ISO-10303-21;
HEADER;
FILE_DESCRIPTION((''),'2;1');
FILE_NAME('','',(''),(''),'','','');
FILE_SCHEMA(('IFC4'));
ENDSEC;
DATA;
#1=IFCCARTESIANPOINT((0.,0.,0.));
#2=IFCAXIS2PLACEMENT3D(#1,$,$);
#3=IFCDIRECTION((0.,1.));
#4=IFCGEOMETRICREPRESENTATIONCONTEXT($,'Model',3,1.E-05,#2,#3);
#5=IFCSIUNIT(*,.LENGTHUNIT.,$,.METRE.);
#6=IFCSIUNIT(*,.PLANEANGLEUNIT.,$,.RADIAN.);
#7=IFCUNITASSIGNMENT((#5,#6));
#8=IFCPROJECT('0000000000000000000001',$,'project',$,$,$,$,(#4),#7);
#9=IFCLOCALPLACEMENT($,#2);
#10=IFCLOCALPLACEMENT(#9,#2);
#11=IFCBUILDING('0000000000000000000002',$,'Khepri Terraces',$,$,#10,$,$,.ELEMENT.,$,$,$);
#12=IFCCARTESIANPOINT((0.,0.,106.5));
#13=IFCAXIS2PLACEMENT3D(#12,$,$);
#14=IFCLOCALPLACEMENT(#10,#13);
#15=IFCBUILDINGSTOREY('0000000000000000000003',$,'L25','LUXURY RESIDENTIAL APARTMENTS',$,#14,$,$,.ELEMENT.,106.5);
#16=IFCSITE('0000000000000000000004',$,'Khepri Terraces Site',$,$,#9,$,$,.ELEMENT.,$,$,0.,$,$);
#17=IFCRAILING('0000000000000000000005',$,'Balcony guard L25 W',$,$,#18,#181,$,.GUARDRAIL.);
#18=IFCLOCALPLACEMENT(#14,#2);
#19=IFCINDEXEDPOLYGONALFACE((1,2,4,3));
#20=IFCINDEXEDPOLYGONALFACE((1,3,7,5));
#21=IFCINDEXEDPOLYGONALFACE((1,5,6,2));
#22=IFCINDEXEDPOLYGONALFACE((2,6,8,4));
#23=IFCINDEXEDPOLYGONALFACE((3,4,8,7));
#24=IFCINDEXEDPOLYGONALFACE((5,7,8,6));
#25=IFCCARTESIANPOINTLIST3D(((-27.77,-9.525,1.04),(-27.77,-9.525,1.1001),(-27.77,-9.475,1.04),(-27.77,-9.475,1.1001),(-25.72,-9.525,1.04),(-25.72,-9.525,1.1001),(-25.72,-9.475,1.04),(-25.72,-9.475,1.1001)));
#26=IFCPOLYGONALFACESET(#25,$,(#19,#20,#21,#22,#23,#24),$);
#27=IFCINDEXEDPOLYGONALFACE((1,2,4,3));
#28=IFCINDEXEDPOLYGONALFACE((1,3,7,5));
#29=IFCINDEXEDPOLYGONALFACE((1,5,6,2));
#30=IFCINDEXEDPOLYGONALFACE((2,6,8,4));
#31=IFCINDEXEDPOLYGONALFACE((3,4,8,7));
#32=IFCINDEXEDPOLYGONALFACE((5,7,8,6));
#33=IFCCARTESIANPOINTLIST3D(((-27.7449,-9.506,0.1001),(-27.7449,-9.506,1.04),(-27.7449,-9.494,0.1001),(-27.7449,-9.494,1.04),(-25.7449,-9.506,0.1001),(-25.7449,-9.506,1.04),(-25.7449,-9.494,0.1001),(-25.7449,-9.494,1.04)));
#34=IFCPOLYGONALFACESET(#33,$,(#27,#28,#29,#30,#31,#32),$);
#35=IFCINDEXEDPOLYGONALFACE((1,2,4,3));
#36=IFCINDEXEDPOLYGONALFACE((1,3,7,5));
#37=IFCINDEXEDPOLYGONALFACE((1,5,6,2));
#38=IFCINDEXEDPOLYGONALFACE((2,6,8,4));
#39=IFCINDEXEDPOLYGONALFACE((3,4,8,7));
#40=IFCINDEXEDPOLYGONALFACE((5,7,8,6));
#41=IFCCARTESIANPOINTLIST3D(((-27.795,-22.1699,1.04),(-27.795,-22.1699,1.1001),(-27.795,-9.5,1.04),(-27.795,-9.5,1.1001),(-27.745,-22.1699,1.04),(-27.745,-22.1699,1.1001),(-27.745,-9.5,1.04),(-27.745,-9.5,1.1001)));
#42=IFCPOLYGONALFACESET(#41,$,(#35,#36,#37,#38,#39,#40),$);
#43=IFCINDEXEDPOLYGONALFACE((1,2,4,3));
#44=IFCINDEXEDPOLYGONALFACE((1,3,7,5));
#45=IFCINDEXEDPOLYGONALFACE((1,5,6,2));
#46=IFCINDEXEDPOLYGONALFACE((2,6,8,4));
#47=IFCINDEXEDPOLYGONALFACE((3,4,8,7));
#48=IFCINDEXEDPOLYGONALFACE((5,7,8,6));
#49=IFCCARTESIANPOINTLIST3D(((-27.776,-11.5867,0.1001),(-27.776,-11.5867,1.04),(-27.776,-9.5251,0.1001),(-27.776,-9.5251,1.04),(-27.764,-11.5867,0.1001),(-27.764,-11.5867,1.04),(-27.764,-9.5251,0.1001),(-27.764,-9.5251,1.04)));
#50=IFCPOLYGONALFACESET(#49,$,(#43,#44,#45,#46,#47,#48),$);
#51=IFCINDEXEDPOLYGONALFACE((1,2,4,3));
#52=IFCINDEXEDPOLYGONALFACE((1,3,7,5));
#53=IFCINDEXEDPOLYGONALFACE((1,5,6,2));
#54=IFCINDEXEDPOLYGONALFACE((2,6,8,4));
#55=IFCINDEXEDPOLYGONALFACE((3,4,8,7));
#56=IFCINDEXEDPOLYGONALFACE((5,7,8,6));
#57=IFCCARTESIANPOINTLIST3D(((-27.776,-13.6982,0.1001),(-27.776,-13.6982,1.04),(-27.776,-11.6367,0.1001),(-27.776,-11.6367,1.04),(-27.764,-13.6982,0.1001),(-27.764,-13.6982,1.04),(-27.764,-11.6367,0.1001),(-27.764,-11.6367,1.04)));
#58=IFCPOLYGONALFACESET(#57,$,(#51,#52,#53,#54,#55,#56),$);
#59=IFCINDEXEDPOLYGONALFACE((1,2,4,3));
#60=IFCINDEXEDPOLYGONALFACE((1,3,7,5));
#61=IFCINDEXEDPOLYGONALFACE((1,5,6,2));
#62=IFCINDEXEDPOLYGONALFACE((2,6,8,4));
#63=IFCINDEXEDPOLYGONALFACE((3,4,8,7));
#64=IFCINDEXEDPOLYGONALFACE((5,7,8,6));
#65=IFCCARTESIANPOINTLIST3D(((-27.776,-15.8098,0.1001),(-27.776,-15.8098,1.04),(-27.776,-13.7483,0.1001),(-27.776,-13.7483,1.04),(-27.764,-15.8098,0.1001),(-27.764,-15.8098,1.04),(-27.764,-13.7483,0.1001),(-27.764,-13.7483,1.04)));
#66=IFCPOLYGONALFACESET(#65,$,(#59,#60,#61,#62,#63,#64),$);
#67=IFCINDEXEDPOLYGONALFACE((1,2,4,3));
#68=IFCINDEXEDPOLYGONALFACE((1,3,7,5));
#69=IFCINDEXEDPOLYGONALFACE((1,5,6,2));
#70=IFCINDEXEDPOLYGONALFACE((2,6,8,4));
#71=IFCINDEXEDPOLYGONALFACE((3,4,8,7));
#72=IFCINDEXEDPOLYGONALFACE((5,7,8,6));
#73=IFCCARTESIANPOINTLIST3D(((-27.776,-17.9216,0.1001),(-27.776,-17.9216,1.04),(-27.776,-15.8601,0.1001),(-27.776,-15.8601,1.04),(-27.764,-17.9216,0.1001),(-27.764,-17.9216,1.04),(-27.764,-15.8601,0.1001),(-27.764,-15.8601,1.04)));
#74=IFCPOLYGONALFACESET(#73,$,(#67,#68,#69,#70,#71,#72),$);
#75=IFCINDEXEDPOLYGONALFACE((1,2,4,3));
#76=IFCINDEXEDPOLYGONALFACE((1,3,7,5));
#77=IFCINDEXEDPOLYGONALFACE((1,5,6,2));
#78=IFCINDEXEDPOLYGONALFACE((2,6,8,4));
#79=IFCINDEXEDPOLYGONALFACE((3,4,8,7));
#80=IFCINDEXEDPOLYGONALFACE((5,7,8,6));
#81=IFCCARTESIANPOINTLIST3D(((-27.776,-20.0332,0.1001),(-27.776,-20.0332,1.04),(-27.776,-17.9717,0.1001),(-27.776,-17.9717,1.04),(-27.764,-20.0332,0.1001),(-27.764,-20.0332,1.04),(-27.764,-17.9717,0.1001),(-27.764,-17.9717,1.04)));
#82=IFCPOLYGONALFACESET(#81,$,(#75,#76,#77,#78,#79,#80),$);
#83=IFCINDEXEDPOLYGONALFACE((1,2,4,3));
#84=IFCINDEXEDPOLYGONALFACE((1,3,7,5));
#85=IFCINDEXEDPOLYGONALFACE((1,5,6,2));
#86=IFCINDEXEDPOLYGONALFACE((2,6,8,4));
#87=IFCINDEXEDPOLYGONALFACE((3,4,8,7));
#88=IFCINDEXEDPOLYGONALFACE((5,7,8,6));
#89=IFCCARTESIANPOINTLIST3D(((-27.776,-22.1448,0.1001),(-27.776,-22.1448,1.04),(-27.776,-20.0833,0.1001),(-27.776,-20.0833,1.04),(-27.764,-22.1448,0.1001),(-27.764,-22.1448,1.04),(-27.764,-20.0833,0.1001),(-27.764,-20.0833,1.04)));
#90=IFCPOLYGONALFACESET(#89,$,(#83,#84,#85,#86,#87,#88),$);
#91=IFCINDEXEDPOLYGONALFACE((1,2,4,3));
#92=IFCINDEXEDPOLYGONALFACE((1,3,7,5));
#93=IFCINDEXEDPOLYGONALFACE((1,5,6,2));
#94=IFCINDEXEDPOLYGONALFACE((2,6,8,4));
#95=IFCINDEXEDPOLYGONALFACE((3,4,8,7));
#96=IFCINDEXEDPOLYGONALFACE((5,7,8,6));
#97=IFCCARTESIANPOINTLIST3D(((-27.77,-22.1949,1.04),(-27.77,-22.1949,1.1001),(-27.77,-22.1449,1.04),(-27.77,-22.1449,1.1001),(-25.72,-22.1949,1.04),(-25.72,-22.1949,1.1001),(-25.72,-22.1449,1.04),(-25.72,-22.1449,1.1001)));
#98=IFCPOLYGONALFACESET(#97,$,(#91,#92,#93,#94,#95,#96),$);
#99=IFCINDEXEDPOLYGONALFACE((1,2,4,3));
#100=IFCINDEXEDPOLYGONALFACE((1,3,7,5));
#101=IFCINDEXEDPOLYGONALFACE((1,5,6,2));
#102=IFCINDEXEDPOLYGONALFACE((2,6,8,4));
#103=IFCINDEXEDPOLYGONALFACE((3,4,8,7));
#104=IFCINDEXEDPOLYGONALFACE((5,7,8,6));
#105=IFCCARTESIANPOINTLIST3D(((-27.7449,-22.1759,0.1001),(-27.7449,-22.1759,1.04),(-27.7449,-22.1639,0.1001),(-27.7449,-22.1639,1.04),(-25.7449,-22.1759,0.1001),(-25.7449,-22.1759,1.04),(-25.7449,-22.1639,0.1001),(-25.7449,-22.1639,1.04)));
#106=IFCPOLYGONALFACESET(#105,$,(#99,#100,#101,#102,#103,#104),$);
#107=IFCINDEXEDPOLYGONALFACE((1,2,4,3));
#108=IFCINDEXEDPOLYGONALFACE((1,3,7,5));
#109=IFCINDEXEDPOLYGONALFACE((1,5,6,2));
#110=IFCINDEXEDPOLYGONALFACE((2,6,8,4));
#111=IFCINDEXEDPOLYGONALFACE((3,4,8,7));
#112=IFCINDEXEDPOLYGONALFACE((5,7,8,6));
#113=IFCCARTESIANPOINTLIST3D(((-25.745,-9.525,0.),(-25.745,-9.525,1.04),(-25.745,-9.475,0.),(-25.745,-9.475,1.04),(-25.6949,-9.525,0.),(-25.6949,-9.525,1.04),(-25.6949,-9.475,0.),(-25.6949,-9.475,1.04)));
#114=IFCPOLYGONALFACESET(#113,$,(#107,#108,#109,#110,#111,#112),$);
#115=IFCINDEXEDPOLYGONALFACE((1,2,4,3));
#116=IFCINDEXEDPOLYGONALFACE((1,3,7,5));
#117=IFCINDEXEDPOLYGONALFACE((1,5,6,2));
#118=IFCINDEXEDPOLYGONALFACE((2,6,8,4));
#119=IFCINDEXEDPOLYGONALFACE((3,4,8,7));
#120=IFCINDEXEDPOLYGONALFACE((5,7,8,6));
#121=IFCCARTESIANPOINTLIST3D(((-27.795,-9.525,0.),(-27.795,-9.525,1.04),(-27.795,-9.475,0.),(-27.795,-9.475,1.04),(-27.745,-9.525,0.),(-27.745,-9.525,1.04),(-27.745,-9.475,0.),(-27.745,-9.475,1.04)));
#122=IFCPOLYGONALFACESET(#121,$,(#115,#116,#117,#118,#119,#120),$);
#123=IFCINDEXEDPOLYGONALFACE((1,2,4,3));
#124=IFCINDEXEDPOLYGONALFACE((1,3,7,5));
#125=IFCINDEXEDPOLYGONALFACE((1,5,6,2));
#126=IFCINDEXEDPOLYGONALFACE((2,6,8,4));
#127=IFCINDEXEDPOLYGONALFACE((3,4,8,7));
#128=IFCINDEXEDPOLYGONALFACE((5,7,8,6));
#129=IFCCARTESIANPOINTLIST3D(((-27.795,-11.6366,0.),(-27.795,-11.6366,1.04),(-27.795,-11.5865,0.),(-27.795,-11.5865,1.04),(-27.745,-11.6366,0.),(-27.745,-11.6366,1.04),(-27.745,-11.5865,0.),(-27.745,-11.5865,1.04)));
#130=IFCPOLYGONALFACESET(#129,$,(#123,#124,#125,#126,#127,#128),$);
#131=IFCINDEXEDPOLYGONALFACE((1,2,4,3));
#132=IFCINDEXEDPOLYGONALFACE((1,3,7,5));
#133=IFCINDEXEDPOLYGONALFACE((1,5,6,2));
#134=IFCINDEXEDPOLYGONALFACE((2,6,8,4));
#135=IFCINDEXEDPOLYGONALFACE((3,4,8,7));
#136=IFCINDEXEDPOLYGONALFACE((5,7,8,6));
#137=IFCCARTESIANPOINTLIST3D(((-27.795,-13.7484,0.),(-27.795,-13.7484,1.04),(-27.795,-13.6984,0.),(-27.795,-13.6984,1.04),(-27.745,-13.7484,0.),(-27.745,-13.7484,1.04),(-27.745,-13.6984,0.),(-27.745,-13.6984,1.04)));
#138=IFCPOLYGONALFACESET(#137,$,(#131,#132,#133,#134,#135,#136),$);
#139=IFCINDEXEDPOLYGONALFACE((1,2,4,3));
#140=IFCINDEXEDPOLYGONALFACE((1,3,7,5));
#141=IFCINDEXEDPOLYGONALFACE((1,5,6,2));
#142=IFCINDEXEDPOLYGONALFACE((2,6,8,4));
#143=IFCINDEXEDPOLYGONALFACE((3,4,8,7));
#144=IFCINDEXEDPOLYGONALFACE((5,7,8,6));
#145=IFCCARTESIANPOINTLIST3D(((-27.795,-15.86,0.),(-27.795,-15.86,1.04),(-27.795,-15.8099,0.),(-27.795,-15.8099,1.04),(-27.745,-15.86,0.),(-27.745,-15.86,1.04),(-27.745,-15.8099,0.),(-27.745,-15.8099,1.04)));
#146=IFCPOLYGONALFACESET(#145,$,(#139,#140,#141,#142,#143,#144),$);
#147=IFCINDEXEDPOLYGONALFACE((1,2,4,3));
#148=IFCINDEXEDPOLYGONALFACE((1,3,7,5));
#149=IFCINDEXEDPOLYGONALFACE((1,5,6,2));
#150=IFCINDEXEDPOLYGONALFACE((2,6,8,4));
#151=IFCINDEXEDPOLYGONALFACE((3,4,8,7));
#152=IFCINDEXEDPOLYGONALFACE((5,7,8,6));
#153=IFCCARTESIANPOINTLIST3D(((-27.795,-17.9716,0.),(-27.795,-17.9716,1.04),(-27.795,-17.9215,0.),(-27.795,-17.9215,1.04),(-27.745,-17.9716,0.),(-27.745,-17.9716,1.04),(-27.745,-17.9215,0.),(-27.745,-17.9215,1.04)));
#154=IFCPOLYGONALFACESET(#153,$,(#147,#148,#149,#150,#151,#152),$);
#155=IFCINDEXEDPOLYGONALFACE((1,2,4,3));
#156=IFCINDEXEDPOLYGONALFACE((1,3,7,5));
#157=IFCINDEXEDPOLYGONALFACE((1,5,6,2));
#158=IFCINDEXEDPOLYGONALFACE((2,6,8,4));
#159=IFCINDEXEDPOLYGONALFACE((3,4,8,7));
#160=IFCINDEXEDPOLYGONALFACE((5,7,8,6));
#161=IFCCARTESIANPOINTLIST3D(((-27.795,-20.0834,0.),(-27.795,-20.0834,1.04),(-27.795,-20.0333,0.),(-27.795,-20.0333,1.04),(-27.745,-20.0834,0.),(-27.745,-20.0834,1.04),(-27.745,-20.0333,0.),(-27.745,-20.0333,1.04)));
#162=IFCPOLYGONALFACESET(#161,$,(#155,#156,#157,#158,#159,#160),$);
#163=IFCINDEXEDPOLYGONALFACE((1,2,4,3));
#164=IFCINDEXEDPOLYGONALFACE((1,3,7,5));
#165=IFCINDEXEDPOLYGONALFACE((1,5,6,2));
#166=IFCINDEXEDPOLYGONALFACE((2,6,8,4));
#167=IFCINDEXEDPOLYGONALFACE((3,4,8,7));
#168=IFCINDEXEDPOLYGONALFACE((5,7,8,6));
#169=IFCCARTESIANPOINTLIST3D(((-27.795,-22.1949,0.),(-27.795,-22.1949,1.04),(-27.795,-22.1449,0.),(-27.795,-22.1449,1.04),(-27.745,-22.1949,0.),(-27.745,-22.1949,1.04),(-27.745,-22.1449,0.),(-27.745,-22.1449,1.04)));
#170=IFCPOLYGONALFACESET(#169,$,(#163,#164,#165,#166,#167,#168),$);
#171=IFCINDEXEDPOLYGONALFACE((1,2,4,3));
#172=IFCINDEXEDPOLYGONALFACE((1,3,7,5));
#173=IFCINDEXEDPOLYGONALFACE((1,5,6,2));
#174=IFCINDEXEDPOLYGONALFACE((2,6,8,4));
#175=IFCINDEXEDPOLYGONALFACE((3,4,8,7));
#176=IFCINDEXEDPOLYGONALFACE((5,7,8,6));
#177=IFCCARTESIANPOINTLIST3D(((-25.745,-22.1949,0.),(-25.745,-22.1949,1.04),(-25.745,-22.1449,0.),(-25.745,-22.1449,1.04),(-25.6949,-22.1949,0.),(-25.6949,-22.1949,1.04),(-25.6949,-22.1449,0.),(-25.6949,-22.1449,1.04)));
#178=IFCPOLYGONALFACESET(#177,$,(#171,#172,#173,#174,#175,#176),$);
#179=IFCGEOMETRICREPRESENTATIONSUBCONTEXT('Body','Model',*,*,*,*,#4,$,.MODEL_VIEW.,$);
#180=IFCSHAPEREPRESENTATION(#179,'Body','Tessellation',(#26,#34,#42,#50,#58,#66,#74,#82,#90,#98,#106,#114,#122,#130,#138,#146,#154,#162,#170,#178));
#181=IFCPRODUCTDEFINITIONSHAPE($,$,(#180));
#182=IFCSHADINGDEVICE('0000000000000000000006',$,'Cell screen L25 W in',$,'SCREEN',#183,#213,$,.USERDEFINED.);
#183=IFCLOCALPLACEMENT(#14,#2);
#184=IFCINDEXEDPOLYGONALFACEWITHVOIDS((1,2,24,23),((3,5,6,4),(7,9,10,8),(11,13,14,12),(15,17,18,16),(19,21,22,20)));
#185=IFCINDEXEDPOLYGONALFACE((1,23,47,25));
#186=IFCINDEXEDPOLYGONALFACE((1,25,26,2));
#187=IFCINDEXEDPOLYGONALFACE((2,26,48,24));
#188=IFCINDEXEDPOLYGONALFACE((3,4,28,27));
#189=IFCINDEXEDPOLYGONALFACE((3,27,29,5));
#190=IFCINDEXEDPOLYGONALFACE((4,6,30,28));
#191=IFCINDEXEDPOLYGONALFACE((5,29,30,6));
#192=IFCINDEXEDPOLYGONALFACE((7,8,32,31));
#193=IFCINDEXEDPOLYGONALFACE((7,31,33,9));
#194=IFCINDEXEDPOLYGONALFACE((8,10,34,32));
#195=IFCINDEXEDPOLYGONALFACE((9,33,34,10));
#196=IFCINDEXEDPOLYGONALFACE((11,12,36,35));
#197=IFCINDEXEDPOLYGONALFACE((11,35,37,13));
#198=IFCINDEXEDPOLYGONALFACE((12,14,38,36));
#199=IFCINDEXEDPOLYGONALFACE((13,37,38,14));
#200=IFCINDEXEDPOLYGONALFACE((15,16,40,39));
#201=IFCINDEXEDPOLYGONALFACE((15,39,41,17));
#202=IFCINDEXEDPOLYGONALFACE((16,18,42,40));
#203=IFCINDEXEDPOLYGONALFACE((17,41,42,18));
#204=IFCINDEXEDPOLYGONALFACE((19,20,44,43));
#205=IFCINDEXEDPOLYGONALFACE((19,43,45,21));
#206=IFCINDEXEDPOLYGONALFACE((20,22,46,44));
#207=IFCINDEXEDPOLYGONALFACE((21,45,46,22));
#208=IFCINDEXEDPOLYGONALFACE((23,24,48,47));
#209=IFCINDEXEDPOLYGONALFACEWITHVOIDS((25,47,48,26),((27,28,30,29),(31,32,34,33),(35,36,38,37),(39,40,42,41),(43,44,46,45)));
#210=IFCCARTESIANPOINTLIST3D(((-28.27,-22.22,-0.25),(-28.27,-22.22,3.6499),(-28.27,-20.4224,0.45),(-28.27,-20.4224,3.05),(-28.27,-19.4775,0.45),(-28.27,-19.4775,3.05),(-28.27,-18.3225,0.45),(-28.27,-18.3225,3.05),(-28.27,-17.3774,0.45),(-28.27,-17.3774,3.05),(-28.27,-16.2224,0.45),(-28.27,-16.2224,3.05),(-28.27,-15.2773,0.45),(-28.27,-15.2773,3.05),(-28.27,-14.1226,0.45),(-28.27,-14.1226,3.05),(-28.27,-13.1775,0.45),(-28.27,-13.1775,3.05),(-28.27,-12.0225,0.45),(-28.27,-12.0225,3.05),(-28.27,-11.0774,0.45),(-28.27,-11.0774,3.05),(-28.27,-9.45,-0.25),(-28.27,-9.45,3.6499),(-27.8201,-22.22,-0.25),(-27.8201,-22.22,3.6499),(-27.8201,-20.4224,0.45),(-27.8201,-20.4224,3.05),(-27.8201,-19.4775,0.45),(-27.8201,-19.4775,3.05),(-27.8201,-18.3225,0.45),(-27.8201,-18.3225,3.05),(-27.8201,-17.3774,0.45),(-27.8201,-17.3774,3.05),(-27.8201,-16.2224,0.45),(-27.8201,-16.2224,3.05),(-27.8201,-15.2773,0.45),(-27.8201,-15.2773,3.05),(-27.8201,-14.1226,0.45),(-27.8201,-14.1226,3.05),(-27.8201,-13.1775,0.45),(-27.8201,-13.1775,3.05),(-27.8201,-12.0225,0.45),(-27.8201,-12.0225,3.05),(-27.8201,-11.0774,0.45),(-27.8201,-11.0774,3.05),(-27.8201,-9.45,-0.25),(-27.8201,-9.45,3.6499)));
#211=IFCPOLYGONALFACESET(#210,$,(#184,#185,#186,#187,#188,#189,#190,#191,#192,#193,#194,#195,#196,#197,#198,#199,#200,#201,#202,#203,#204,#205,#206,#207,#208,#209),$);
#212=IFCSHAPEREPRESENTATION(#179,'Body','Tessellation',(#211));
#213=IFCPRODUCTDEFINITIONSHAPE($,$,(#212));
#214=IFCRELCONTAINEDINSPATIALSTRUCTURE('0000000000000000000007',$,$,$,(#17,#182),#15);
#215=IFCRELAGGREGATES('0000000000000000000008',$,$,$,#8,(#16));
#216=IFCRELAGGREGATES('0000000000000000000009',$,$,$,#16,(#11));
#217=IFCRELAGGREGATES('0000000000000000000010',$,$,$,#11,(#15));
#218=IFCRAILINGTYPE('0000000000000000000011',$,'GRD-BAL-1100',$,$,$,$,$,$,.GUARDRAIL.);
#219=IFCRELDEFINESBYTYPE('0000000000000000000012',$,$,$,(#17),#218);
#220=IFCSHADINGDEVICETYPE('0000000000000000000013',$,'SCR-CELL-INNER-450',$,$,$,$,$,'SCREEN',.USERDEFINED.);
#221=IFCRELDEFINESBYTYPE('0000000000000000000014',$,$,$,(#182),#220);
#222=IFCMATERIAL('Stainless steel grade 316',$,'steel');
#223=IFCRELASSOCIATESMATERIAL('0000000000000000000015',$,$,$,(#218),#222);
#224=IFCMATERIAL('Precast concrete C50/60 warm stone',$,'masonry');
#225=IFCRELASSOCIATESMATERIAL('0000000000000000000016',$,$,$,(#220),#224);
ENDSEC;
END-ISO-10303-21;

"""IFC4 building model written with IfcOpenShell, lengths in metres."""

from ifc_helpers import new_model, si_unit, direction, frame, origin, origin_2d, place, context, subcontext, project, spatial, polyline, rectangle, outline, extrude, material, type_object, element, save


model = new_model("IFC4")

# Units and contexts
model_context = context("Model", 3, precision=1e-05, world=origin(), true_north=direction((0.0, 1.0)))
body_context = subcontext(model_context, "Body", "Model", "MODEL_VIEW")
ifc_project = project(units=[si_unit("LENGTHUNIT", "METRE"), si_unit("PLANEANGLEUNIT", "RADIAN")], contexts=[model_context])

# Site, building, storey
site_placement = place(None, origin())
site = spatial("IfcSite", under=ifc_project, at=site_placement, Name="Khepri Terraces Site", CompositionType="ELEMENT", RefElevation=0.0)
building_placement = place(site_placement, origin())
building = spatial("IfcBuilding", under=site, at=building_placement, Name="Khepri Terraces", CompositionType="ELEMENT")
storey_placement = place(building_placement, frame((0.0, 0.0, 106.5)))
storey = spatial("IfcBuildingStorey", under=building, at=storey_placement, Name="L25", Description="LUXURY RESIDENTIAL APARTMENTS", CompositionType="ELEMENT", Elevation=106.5)

# Shared definitions
ifc_material_1 = material(Name="Precast concrete C50/60 warm stone", Category="masonry")

# Railing
ifc_material_2 = material(Name="Stainless steel grade 316", Category="steel")
railing_type = type_object("IfcRailingType", Name="GRD-BAL-1100", PredefinedType="GUARDRAIL", material=ifc_material_2)
railing_placement = place(storey_placement, frame((-25.72, -9.5, 0.0)))
element("IfcRailing", 1, at=railing_placement, inside=storey, type_object=railing_type, Name="Balcony guard L25 W", PredefinedType="GUARDRAIL", context=body_context, shape_type="SweptSolid", body=[
    extrude(rectangle(XDim=0.05, YDim=0.0601, at=origin_2d()), frame((0.0, 0.0, 1.0701), z_axis=(-1.0, 0.0, 0.0), x_axis=(0.0, -1.0, 0.0)), (0.0, 0.0, 1.0), 2.05),
    extrude(rectangle(XDim=2.0, YDim=0.012, at=origin_2d()), frame((-1.0249, 0.0, 0.1001), z_axis=(0.0, 0.0, 1.0), x_axis=(-1.0, 0.0, 0.0)), (0.0, 0.0, 1.0), 0.9399),
    extrude(rectangle(XDim=0.05, YDim=0.0601, at=origin_2d()), frame((-2.05, 0.0, 1.0701), z_axis=(0.0, -1.0, 0.0), x_axis=(1.0, 0.0, 0.0)), (0.0, 0.0, 1.0), 12.6699),
    extrude(rectangle(XDim=2.0615, YDim=0.012, at=origin_2d()), frame((-2.05, -1.0559, 0.1001), z_axis=(0.0, 0.0, 1.0), x_axis=(0.0, -1.0, 0.0)), (0.0, 0.0, 1.0), 0.9399),
    extrude(rectangle(XDim=2.0615, YDim=0.012, at=origin_2d()), frame((-2.05, -3.1675, 0.1001), z_axis=(0.0, 0.0, 1.0), x_axis=(0.0, -1.0, 0.0)), (0.0, 0.0, 1.0), 0.9399),
    extrude(rectangle(XDim=2.0615, YDim=0.012, at=origin_2d()), frame((-2.05, -5.2791, 0.1001), z_axis=(0.0, 0.0, 1.0), x_axis=(0.0, -1.0, 0.0)), (0.0, 0.0, 1.0), 0.9399),
    extrude(rectangle(XDim=2.0615, YDim=0.012, at=origin_2d()), frame((-2.05, -7.3909, 0.1001), z_axis=(0.0, 0.0, 1.0), x_axis=(0.0, -1.0, 0.0)), (0.0, 0.0, 1.0), 0.9399),
    extrude(rectangle(XDim=2.0615, YDim=0.012, at=origin_2d()), frame((-2.05, -9.5024, 0.1001), z_axis=(0.0, 0.0, 1.0), x_axis=(0.0, -1.0, 0.0)), (0.0, 0.0, 1.0), 0.9399),
    extrude(rectangle(XDim=2.0615, YDim=0.012, at=origin_2d()), frame((-2.05, -11.614, 0.1001), z_axis=(0.0, 0.0, 1.0), x_axis=(0.0, -1.0, 0.0)), (0.0, 0.0, 1.0), 0.9399),
    extrude(rectangle(XDim=0.05, YDim=0.0601, at=origin_2d()), frame((-2.05, -12.6699, 1.0701), z_axis=(1.0, 0.0, 0.0), x_axis=(0.0, 1.0, 0.0)), (0.0, 0.0, 1.0), 2.05),
    extrude(rectangle(XDim=2.0, YDim=0.012, at=origin_2d()), frame((-1.0249, -12.6699, 0.1001), z_axis=(0.0, 0.0, 1.0), x_axis=(1.0, 0.0, 0.0)), (0.0, 0.0, 1.0), 0.9399),
    extrude(rectangle(XDim=0.05, YDim=0.05, at=origin_2d()), origin(), (0.0, 0.0, 1.0), 1.04),
    extrude(rectangle(XDim=0.05, YDim=0.05, at=origin_2d()), frame((-2.05, 0.0, 0.0)), (0.0, 0.0, 1.0), 1.04),
    extrude(rectangle(XDim=0.05, YDim=0.05, at=origin_2d()), frame((-2.05, -2.1116, 0.0)), (0.0, 0.0, 1.0), 1.04),
    extrude(rectangle(XDim=0.05, YDim=0.05, at=origin_2d()), frame((-2.05, -4.2234, 0.0)), (0.0, 0.0, 1.0), 1.04),
    extrude(rectangle(XDim=0.05, YDim=0.05, at=origin_2d()), frame((-2.05, -6.335, 0.0)), (0.0, 0.0, 1.0), 1.04),
    extrude(rectangle(XDim=0.05, YDim=0.05, at=origin_2d()), frame((-2.05, -8.4465, 0.0)), (0.0, 0.0, 1.0), 1.04),
    extrude(rectangle(XDim=0.05, YDim=0.05, at=origin_2d()), frame((-2.05, -10.5583, 0.0)), (0.0, 0.0, 1.0), 1.04),
    extrude(rectangle(XDim=0.05, YDim=0.05, at=origin_2d()), frame((-2.05, -12.6699, 0.0)), (0.0, 0.0, 1.0), 1.04),
    extrude(rectangle(XDim=0.05, YDim=0.05, at=origin_2d()), frame((0.0, -12.6699, 0.0)), (0.0, 0.0, 1.0), 1.04),
])

# Shading device
shading_device_type_1 = type_object("IfcShadingDeviceType", Name="SCR-CELL-INNER-450", ElementType="SCREEN", PredefinedType="USERDEFINED", material=ifc_material_1)
shading_device_1_placement = place(storey_placement, frame((-27.8201, -9.45, -0.25), z_axis=(-1.0, 0.0, 0.0), x_axis=(0.0, -1.0, 0.0)))
element("IfcShadingDevice", 2, at=shading_device_1_placement, inside=storey, type_object=shading_device_type_1, Name="Cell screen L25 W in", ObjectType="SCREEN", PredefinedType="USERDEFINED", context=body_context, shape_type="SweptSolid", body=[
    extrude(outline(polyline([(0.0, 0.0), (12.77, 0.0), (12.77, 3.8999), (0.0, 3.8999), (0.0, 0.0)]), holes=[polyline([(1.6274, 0.7), (2.5725, 0.7), (2.5725, 3.3), (1.6274, 3.3), (1.6274, 0.7)]), polyline([(3.7275, 0.7), (4.6726, 0.7), (4.6726, 3.3), (3.7275, 3.3), (3.7275, 0.7)]), polyline([(5.8274, 0.7), (6.7725, 0.7), (6.7725, 3.3), (5.8274, 3.3), (5.8274, 0.7)]), polyline([(7.9275, 0.7), (8.8726, 0.7), (8.8726, 3.3), (7.9275, 3.3), (7.9275, 0.7)]), polyline([(10.0276, 0.7), (10.9724, 0.7), (10.9724, 3.3), (10.0276, 3.3), (10.0276, 0.7)])]), origin(), (0.0, 0.0, 1.0), 0.45),
])

save(model, "model.ifc")
